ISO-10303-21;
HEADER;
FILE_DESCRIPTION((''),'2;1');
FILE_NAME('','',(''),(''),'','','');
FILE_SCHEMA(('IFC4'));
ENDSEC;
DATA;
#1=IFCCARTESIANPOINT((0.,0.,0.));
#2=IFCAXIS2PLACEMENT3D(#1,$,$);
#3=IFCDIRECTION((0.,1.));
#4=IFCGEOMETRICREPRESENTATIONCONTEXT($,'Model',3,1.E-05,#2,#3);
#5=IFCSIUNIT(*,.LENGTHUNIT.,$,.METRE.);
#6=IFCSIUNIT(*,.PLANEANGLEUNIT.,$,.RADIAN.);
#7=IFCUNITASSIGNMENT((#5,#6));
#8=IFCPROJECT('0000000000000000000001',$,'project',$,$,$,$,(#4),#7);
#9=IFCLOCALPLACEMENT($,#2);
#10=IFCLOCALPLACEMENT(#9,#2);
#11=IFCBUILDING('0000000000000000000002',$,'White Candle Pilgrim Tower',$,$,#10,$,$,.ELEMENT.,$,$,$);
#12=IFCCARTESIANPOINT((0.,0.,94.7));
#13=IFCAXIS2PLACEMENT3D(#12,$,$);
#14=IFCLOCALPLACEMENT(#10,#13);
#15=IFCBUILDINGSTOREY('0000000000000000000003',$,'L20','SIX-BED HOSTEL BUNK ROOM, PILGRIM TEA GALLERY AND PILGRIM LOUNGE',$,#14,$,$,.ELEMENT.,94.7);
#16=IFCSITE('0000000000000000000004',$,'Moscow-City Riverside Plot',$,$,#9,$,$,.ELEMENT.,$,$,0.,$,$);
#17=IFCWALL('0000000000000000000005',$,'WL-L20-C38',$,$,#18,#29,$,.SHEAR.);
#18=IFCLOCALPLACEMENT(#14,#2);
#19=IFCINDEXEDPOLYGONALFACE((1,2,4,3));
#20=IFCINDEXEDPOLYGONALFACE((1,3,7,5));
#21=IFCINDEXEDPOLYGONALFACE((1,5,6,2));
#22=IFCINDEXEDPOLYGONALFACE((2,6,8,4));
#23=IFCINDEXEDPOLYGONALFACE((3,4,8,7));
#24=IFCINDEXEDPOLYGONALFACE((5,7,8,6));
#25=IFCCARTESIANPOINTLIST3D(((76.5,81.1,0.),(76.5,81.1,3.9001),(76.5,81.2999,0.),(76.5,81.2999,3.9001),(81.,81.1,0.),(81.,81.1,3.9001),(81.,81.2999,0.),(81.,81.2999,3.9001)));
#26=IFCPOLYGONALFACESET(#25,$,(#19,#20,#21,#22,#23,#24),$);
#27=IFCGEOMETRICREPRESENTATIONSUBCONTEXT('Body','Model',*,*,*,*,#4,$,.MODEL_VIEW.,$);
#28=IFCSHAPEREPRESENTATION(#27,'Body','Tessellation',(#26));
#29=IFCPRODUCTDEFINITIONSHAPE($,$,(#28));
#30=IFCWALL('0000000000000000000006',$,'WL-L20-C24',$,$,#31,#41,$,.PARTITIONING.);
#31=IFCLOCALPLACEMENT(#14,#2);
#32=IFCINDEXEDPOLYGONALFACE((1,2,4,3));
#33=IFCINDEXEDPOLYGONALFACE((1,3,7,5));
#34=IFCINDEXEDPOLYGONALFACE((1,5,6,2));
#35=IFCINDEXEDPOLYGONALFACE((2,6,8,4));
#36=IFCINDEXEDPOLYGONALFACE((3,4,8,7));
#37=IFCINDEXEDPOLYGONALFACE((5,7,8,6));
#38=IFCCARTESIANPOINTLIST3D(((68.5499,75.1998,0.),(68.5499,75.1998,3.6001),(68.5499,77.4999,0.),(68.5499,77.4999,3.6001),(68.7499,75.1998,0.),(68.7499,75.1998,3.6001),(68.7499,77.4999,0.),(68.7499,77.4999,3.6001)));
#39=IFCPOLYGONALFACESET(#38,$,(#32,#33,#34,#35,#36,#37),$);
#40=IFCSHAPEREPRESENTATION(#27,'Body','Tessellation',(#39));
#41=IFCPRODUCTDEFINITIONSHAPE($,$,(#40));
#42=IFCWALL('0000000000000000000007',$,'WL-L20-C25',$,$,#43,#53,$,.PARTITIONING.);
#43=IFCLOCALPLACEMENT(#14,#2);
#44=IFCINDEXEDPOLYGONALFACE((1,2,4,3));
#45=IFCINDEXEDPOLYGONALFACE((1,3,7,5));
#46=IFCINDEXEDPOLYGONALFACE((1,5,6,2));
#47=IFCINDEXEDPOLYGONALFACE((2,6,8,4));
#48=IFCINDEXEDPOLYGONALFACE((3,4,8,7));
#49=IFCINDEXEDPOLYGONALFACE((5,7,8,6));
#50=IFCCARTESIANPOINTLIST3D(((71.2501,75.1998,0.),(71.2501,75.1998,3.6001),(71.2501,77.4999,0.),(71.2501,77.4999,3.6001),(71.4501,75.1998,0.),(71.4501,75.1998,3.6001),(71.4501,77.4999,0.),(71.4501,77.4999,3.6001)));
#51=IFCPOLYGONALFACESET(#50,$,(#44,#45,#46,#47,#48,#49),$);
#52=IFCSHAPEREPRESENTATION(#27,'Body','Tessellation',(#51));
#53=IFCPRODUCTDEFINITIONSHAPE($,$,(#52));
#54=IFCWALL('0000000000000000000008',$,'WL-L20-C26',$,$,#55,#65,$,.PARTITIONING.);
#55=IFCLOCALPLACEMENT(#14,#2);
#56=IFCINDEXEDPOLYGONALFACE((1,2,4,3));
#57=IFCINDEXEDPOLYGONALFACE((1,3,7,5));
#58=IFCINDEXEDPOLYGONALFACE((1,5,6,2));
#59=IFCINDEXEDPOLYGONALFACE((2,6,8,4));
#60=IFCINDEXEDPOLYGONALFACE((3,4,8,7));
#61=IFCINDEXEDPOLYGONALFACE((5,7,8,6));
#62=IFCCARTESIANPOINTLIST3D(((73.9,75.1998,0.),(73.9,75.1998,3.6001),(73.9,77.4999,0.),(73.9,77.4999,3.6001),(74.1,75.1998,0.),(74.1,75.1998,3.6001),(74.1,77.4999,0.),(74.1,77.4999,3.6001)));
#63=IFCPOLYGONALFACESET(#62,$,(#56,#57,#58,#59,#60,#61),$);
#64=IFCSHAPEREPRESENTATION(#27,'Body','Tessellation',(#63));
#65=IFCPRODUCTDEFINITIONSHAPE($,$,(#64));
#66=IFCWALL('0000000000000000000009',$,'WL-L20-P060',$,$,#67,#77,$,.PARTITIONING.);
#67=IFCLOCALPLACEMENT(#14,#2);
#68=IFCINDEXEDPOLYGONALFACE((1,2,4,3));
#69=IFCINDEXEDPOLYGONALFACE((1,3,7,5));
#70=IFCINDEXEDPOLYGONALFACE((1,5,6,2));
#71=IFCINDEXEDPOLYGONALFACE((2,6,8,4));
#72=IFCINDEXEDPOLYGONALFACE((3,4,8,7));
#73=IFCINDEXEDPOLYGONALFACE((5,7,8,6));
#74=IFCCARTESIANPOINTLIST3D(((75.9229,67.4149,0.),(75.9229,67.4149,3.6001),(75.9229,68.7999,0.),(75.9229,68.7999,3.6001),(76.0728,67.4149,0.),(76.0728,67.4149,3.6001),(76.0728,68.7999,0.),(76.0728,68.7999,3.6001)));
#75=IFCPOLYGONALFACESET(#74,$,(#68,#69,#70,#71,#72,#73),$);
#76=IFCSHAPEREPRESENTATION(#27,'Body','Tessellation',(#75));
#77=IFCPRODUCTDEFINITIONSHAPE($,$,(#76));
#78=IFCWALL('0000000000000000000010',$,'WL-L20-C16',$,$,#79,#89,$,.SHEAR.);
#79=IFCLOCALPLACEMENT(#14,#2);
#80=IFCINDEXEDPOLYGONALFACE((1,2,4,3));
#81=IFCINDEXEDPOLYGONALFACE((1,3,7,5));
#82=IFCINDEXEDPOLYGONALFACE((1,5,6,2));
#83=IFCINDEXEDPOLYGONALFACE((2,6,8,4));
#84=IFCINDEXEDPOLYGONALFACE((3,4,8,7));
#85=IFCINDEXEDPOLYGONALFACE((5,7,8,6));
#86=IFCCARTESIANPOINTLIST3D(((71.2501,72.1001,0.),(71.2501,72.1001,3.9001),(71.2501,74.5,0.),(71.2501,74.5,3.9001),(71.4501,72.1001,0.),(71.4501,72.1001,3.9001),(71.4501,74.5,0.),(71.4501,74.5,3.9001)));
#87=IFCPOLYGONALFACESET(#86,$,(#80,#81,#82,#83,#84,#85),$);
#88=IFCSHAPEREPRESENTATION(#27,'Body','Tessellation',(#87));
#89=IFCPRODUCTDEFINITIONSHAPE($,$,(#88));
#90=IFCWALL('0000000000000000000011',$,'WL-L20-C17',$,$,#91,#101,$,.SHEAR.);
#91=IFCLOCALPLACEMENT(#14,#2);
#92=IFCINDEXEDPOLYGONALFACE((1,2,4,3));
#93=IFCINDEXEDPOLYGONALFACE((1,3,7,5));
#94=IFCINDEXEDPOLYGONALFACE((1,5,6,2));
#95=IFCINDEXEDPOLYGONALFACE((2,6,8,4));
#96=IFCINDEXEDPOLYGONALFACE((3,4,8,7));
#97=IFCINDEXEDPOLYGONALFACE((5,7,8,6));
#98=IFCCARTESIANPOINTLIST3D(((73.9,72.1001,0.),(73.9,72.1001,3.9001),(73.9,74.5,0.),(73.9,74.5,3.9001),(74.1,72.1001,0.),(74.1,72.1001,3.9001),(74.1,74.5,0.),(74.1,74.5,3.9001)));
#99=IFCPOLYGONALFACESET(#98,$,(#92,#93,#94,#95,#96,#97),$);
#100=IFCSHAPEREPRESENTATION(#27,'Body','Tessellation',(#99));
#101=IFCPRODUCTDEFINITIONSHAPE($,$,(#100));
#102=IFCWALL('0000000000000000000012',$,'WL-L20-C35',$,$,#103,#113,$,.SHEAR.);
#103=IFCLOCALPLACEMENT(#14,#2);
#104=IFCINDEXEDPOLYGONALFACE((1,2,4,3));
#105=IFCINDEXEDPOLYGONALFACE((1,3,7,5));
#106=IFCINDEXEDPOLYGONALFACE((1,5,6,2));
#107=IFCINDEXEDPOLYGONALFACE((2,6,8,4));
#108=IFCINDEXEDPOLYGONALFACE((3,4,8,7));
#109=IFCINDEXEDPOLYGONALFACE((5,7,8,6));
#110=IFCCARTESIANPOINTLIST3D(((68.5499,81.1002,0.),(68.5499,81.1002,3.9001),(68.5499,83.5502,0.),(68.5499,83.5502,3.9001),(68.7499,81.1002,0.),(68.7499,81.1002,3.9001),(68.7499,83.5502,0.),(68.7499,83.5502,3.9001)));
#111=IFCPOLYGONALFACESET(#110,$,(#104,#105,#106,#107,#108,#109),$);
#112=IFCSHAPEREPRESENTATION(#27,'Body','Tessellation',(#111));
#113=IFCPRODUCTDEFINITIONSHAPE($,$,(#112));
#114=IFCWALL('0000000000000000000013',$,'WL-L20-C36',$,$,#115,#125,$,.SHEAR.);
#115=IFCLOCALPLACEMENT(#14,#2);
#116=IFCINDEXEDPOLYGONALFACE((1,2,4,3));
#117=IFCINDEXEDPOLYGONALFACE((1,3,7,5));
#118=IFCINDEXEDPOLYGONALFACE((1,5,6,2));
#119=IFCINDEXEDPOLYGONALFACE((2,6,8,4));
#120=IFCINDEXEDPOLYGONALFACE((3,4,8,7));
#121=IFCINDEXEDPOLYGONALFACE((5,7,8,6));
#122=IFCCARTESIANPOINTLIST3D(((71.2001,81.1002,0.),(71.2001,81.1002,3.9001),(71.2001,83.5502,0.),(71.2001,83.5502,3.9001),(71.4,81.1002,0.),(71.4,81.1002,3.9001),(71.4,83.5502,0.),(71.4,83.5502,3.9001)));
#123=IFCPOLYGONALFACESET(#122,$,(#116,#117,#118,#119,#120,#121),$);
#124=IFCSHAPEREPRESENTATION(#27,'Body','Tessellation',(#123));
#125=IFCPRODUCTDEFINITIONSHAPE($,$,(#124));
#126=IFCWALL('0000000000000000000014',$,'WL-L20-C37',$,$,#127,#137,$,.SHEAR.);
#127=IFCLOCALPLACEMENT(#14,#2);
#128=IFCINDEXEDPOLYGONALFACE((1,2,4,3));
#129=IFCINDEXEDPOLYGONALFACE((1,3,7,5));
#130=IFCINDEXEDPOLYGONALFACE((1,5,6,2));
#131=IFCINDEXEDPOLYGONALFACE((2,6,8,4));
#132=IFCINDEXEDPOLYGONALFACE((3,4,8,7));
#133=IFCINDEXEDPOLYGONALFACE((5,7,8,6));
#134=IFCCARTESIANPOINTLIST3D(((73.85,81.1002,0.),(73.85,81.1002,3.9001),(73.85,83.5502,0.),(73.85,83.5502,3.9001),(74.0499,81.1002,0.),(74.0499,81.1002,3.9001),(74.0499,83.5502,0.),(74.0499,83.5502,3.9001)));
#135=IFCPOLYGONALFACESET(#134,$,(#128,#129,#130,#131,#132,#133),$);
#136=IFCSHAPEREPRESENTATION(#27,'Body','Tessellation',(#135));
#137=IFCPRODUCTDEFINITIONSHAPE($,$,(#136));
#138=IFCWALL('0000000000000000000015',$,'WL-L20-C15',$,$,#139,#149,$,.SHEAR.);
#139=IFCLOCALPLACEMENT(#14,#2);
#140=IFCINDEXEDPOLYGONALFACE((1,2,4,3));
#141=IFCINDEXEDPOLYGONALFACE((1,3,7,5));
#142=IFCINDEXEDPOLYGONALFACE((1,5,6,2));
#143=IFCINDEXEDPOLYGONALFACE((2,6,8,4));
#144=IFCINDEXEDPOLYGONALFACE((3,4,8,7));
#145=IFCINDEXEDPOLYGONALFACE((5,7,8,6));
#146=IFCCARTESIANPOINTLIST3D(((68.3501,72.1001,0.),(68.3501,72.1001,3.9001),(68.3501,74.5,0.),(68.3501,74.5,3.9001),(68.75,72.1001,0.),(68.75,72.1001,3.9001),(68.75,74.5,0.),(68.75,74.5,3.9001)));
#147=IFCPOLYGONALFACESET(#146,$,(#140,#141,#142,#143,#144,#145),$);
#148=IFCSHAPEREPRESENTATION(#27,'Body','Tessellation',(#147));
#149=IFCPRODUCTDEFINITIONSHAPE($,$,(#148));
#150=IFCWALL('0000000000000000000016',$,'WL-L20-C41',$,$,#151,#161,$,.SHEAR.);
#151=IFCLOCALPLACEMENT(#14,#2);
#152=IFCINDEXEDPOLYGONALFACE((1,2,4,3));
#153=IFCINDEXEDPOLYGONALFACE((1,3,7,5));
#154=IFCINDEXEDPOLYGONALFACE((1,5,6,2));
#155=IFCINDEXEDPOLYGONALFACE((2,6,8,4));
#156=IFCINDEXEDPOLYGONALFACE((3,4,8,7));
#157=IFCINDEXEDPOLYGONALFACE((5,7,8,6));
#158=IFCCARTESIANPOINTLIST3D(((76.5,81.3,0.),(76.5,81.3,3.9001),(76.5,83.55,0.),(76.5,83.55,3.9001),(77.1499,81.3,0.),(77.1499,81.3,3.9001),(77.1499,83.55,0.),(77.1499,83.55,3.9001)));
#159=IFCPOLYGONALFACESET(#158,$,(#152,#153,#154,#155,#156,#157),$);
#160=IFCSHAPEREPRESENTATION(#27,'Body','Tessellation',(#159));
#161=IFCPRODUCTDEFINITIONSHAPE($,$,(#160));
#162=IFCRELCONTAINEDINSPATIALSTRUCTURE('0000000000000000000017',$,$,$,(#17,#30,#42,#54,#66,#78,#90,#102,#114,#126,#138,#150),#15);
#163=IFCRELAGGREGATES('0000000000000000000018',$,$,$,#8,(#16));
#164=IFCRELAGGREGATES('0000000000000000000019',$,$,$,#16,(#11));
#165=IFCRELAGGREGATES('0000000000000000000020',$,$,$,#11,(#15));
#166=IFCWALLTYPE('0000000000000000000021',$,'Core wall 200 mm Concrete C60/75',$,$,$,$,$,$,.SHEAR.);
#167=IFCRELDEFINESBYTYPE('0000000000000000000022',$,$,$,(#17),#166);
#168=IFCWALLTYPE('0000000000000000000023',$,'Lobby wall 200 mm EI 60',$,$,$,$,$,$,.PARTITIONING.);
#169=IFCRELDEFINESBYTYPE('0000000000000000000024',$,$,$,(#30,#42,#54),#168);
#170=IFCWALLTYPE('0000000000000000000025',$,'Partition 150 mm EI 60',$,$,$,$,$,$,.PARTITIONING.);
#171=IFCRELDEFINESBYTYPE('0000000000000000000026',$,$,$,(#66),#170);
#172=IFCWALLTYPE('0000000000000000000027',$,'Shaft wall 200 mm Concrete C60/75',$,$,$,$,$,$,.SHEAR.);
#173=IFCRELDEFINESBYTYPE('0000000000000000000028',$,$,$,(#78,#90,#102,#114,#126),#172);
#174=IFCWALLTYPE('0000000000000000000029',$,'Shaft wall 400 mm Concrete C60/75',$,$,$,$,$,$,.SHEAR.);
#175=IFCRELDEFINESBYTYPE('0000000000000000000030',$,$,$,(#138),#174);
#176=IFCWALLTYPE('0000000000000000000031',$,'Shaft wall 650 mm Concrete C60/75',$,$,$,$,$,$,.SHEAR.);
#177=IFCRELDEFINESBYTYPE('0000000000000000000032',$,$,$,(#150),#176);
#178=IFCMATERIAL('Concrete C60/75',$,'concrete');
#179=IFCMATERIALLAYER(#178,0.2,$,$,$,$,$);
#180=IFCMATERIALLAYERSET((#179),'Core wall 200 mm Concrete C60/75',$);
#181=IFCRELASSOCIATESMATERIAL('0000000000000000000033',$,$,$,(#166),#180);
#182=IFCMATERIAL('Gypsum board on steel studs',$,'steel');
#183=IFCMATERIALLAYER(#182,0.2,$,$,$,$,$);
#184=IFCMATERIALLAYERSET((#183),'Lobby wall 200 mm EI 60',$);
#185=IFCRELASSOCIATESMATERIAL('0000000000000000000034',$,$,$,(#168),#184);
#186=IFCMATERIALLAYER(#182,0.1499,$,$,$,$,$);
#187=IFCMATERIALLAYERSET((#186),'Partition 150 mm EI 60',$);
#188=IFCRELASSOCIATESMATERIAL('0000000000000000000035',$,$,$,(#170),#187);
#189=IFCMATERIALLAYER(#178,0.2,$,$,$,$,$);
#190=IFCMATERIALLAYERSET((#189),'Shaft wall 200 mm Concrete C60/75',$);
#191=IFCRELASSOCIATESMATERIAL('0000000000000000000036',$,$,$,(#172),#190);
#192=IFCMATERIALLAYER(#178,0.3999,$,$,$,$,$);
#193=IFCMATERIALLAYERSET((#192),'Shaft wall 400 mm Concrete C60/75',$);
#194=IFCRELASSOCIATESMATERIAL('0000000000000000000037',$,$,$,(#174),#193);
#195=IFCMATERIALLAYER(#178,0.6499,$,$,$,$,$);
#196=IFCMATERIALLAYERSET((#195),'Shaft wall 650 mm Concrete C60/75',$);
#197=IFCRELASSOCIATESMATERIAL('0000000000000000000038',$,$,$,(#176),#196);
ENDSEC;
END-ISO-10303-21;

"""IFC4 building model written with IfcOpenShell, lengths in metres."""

from ifc_helpers import new_model, si_unit, direction, frame, frame_2d, origin, place, context, subcontext, project, spatial, rectangle, extrude, material, layer, layer_set, type_object, element, save


model = new_model("IFC4")

# Units and contexts
model_context = context("Model", 3, precision=1e-05, world=origin(), true_north=direction((0.0, 1.0)))
body_context = subcontext(model_context, "Body", "Model", "MODEL_VIEW")
ifc_project = project(units=[si_unit("LENGTHUNIT", "METRE"), si_unit("PLANEANGLEUNIT", "RADIAN")], contexts=[model_context])

# Site, building, storey
site_placement = place(None, origin())
site = spatial("IfcSite", under=ifc_project, at=site_placement, Name="Moscow-City Riverside Plot", CompositionType="ELEMENT", RefElevation=0.0)
building_placement = place(site_placement, origin())
building = spatial("IfcBuilding", under=site, at=building_placement, Name="White Candle Pilgrim Tower", CompositionType="ELEMENT")
storey_placement = place(building_placement, frame((0.0, 0.0, 94.7)))
storey = spatial("IfcBuildingStorey", under=building, at=storey_placement, Name="L20", Description="SIX-BED HOSTEL BUNK ROOM, PILGRIM TEA GALLERY AND PILGRIM LOUNGE", CompositionType="ELEMENT", Elevation=94.7)

# Walls
ifc_material_1 = material(Name="Concrete C60/75", Category="concrete")
ifc_layer_1 = layer(ifc_material_1, 0.2)
ifc_layer_set_1 = layer_set([ifc_layer_1], Name="Core wall 200 mm Concrete C60/75")
wall_type_1 = type_object("IfcWallType", Name="Core wall 200 mm Concrete C60/75", PredefinedType="SHEAR", material=ifc_layer_set_1)
wall_1_placement = place(storey_placement, frame((76.5, 81.2, 0.0), z_axis=(0.0, 0.0, 1.0), x_axis=(1.0, 0.0, 0.0)))
element("IfcWall", 1, at=wall_1_placement, inside=storey, type_object=wall_type_1, Name="WL-L20-C38", PredefinedType="SHEAR", context=body_context, shape_type="SweptSolid", body=[
    extrude(rectangle(XDim=4.5, YDim=0.2, at=frame_2d((2.25, 0.0))), origin(), (0.0, 0.0, 1.0), 3.9001),
])
ifc_material_2 = material(Name="Gypsum board on steel studs", Category="steel")
ifc_layer_2 = layer(ifc_material_2, 0.2)
ifc_layer_set_2 = layer_set([ifc_layer_2], Name="Lobby wall 200 mm EI 60")
wall_type_2 = type_object("IfcWallType", Name="Lobby wall 200 mm EI 60", PredefinedType="PARTITIONING", material=ifc_layer_set_2)
for number, where, z_axis, x_axis, name in (
    (2, (68.6499, 75.2, 0.0), (0.0, 0.0, 1.0), (0.0, 1.0, 0.0), "WL-L20-C24"),
    (3, (71.3501, 75.2, 0.0), (0.0, 0.0, 1.0), (0.0, 1.0, 0.0), "WL-L20-C25"),
    (4, (74.0, 75.2, 0.0), (0.0, 0.0, 1.0), (0.0, 1.0, 0.0), "WL-L20-C26"),
):
    element("IfcWall", number, at=place(storey_placement, frame(where, z_axis=z_axis, x_axis=x_axis)), inside=storey, type_object=wall_type_2, Name=name, PredefinedType="PARTITIONING", context=body_context, shape_type="SweptSolid", body=[
        extrude(rectangle(XDim=2.3, YDim=0.2, at=frame_2d((1.1499, 0.0))), origin(), (0.0, 0.0, 1.0), 3.6001),
    ])
ifc_layer_3 = layer(ifc_material_2, 0.1499)
ifc_layer_set_3 = layer_set([ifc_layer_3], Name="Partition 150 mm EI 60")
wall_type_3 = type_object("IfcWallType", Name="Partition 150 mm EI 60", PredefinedType="PARTITIONING", material=ifc_layer_set_3)
wall_2_placement = place(storey_placement, frame((75.9978, 67.415, 0.0), z_axis=(0.0, 0.0, 1.0), x_axis=(0.0, 1.0, 0.0)))
element("IfcWall", 5, at=wall_2_placement, inside=storey, type_object=wall_type_3, Name="WL-L20-P060", PredefinedType="PARTITIONING", context=body_context, shape_type="SweptSolid", body=[
    extrude(rectangle(XDim=1.385, YDim=0.1499, at=frame_2d((0.6924, 0.0))), origin(), (0.0, 0.0, 1.0), 3.6001),
])
ifc_layer_4 = layer(ifc_material_1, 0.2)
ifc_layer_set_4 = layer_set([ifc_layer_4], Name="Shaft wall 200 mm Concrete C60/75")
wall_type_4 = type_object("IfcWallType", Name="Shaft wall 200 mm Concrete C60/75", PredefinedType="SHEAR", material=ifc_layer_set_4)
for number, where, z_axis, x_axis, name in (
    (6, (71.3501, 72.1001, 0.0), (0.0, 0.0, 1.0), (0.0, 1.0, 0.0), "WL-L20-C16"),
    (7, (74.0, 72.1001, 0.0), (0.0, 0.0, 1.0), (0.0, 1.0, 0.0), "WL-L20-C17"),
):
    element("IfcWall", number, at=place(storey_placement, frame(where, z_axis=z_axis, x_axis=x_axis)), inside=storey, type_object=wall_type_4, Name=name, PredefinedType="SHEAR", context=body_context, shape_type="SweptSolid", body=[
        extrude(rectangle(XDim=2.3999, YDim=0.2, at=frame_2d((1.2, 0.0))), origin(), (0.0, 0.0, 1.0), 3.9001),
    ])
for number, where, z_axis, x_axis, name in (
    (8, (68.6499, 81.1001, 0.0), (0.0, 0.0, 1.0), (0.0, 1.0, 0.0), "WL-L20-C35"),
    (9, (71.3, 81.1001, 0.0), (0.0, 0.0, 1.0), (0.0, 1.0, 0.0), "WL-L20-C36"),
    (10, (73.95, 81.1001, 0.0), (0.0, 0.0, 1.0), (0.0, 1.0, 0.0), "WL-L20-C37"),
):
    element("IfcWall", number, at=place(storey_placement, frame(where, z_axis=z_axis, x_axis=x_axis)), inside=storey, type_object=wall_type_4, Name=name, PredefinedType="SHEAR", context=body_context, shape_type="SweptSolid", body=[
        extrude(rectangle(XDim=2.45, YDim=0.2, at=frame_2d((1.2251, 0.0))), origin(), (0.0, 0.0, 1.0), 3.9001),
    ])
ifc_layer_5 = layer(ifc_material_1, 0.3999)
ifc_layer_set_5 = layer_set([ifc_layer_5], Name="Shaft wall 400 mm Concrete C60/75")
wall_type_5 = type_object("IfcWallType", Name="Shaft wall 400 mm Concrete C60/75", PredefinedType="SHEAR", material=ifc_layer_set_5)
wall_3_placement = place(storey_placement, frame((68.55, 72.1001, 0.0), z_axis=(0.0, 0.0, 1.0), x_axis=(0.0, 1.0, 0.0)))
element("IfcWall", 11, at=wall_3_placement, inside=storey, type_object=wall_type_5, Name="WL-L20-C15", PredefinedType="SHEAR", context=body_context, shape_type="SweptSolid", body=[
    extrude(rectangle(XDim=2.3999, YDim=0.3999, at=frame_2d((1.2, 0.0))), origin(), (0.0, 0.0, 1.0), 3.9001),
])
ifc_layer_6 = layer(ifc_material_1, 0.6499)
ifc_layer_set_6 = layer_set([ifc_layer_6], Name="Shaft wall 650 mm Concrete C60/75")
wall_type_6 = type_object("IfcWallType", Name="Shaft wall 650 mm Concrete C60/75", PredefinedType="SHEAR", material=ifc_layer_set_6)
wall_4_placement = place(storey_placement, frame((76.825, 81.3, 0.0), z_axis=(0.0, 0.0, 1.0), x_axis=(0.0, 1.0, 0.0)))
element("IfcWall", 12, at=wall_4_placement, inside=storey, type_object=wall_type_6, Name="WL-L20-C41", PredefinedType="SHEAR", context=body_context, shape_type="SweptSolid", body=[
    extrude(rectangle(XDim=2.25, YDim=0.6499, at=frame_2d((1.125, 0.0))), origin(), (0.0, 0.0, 1.0), 3.9001),
])

save(model, "model.ifc")
